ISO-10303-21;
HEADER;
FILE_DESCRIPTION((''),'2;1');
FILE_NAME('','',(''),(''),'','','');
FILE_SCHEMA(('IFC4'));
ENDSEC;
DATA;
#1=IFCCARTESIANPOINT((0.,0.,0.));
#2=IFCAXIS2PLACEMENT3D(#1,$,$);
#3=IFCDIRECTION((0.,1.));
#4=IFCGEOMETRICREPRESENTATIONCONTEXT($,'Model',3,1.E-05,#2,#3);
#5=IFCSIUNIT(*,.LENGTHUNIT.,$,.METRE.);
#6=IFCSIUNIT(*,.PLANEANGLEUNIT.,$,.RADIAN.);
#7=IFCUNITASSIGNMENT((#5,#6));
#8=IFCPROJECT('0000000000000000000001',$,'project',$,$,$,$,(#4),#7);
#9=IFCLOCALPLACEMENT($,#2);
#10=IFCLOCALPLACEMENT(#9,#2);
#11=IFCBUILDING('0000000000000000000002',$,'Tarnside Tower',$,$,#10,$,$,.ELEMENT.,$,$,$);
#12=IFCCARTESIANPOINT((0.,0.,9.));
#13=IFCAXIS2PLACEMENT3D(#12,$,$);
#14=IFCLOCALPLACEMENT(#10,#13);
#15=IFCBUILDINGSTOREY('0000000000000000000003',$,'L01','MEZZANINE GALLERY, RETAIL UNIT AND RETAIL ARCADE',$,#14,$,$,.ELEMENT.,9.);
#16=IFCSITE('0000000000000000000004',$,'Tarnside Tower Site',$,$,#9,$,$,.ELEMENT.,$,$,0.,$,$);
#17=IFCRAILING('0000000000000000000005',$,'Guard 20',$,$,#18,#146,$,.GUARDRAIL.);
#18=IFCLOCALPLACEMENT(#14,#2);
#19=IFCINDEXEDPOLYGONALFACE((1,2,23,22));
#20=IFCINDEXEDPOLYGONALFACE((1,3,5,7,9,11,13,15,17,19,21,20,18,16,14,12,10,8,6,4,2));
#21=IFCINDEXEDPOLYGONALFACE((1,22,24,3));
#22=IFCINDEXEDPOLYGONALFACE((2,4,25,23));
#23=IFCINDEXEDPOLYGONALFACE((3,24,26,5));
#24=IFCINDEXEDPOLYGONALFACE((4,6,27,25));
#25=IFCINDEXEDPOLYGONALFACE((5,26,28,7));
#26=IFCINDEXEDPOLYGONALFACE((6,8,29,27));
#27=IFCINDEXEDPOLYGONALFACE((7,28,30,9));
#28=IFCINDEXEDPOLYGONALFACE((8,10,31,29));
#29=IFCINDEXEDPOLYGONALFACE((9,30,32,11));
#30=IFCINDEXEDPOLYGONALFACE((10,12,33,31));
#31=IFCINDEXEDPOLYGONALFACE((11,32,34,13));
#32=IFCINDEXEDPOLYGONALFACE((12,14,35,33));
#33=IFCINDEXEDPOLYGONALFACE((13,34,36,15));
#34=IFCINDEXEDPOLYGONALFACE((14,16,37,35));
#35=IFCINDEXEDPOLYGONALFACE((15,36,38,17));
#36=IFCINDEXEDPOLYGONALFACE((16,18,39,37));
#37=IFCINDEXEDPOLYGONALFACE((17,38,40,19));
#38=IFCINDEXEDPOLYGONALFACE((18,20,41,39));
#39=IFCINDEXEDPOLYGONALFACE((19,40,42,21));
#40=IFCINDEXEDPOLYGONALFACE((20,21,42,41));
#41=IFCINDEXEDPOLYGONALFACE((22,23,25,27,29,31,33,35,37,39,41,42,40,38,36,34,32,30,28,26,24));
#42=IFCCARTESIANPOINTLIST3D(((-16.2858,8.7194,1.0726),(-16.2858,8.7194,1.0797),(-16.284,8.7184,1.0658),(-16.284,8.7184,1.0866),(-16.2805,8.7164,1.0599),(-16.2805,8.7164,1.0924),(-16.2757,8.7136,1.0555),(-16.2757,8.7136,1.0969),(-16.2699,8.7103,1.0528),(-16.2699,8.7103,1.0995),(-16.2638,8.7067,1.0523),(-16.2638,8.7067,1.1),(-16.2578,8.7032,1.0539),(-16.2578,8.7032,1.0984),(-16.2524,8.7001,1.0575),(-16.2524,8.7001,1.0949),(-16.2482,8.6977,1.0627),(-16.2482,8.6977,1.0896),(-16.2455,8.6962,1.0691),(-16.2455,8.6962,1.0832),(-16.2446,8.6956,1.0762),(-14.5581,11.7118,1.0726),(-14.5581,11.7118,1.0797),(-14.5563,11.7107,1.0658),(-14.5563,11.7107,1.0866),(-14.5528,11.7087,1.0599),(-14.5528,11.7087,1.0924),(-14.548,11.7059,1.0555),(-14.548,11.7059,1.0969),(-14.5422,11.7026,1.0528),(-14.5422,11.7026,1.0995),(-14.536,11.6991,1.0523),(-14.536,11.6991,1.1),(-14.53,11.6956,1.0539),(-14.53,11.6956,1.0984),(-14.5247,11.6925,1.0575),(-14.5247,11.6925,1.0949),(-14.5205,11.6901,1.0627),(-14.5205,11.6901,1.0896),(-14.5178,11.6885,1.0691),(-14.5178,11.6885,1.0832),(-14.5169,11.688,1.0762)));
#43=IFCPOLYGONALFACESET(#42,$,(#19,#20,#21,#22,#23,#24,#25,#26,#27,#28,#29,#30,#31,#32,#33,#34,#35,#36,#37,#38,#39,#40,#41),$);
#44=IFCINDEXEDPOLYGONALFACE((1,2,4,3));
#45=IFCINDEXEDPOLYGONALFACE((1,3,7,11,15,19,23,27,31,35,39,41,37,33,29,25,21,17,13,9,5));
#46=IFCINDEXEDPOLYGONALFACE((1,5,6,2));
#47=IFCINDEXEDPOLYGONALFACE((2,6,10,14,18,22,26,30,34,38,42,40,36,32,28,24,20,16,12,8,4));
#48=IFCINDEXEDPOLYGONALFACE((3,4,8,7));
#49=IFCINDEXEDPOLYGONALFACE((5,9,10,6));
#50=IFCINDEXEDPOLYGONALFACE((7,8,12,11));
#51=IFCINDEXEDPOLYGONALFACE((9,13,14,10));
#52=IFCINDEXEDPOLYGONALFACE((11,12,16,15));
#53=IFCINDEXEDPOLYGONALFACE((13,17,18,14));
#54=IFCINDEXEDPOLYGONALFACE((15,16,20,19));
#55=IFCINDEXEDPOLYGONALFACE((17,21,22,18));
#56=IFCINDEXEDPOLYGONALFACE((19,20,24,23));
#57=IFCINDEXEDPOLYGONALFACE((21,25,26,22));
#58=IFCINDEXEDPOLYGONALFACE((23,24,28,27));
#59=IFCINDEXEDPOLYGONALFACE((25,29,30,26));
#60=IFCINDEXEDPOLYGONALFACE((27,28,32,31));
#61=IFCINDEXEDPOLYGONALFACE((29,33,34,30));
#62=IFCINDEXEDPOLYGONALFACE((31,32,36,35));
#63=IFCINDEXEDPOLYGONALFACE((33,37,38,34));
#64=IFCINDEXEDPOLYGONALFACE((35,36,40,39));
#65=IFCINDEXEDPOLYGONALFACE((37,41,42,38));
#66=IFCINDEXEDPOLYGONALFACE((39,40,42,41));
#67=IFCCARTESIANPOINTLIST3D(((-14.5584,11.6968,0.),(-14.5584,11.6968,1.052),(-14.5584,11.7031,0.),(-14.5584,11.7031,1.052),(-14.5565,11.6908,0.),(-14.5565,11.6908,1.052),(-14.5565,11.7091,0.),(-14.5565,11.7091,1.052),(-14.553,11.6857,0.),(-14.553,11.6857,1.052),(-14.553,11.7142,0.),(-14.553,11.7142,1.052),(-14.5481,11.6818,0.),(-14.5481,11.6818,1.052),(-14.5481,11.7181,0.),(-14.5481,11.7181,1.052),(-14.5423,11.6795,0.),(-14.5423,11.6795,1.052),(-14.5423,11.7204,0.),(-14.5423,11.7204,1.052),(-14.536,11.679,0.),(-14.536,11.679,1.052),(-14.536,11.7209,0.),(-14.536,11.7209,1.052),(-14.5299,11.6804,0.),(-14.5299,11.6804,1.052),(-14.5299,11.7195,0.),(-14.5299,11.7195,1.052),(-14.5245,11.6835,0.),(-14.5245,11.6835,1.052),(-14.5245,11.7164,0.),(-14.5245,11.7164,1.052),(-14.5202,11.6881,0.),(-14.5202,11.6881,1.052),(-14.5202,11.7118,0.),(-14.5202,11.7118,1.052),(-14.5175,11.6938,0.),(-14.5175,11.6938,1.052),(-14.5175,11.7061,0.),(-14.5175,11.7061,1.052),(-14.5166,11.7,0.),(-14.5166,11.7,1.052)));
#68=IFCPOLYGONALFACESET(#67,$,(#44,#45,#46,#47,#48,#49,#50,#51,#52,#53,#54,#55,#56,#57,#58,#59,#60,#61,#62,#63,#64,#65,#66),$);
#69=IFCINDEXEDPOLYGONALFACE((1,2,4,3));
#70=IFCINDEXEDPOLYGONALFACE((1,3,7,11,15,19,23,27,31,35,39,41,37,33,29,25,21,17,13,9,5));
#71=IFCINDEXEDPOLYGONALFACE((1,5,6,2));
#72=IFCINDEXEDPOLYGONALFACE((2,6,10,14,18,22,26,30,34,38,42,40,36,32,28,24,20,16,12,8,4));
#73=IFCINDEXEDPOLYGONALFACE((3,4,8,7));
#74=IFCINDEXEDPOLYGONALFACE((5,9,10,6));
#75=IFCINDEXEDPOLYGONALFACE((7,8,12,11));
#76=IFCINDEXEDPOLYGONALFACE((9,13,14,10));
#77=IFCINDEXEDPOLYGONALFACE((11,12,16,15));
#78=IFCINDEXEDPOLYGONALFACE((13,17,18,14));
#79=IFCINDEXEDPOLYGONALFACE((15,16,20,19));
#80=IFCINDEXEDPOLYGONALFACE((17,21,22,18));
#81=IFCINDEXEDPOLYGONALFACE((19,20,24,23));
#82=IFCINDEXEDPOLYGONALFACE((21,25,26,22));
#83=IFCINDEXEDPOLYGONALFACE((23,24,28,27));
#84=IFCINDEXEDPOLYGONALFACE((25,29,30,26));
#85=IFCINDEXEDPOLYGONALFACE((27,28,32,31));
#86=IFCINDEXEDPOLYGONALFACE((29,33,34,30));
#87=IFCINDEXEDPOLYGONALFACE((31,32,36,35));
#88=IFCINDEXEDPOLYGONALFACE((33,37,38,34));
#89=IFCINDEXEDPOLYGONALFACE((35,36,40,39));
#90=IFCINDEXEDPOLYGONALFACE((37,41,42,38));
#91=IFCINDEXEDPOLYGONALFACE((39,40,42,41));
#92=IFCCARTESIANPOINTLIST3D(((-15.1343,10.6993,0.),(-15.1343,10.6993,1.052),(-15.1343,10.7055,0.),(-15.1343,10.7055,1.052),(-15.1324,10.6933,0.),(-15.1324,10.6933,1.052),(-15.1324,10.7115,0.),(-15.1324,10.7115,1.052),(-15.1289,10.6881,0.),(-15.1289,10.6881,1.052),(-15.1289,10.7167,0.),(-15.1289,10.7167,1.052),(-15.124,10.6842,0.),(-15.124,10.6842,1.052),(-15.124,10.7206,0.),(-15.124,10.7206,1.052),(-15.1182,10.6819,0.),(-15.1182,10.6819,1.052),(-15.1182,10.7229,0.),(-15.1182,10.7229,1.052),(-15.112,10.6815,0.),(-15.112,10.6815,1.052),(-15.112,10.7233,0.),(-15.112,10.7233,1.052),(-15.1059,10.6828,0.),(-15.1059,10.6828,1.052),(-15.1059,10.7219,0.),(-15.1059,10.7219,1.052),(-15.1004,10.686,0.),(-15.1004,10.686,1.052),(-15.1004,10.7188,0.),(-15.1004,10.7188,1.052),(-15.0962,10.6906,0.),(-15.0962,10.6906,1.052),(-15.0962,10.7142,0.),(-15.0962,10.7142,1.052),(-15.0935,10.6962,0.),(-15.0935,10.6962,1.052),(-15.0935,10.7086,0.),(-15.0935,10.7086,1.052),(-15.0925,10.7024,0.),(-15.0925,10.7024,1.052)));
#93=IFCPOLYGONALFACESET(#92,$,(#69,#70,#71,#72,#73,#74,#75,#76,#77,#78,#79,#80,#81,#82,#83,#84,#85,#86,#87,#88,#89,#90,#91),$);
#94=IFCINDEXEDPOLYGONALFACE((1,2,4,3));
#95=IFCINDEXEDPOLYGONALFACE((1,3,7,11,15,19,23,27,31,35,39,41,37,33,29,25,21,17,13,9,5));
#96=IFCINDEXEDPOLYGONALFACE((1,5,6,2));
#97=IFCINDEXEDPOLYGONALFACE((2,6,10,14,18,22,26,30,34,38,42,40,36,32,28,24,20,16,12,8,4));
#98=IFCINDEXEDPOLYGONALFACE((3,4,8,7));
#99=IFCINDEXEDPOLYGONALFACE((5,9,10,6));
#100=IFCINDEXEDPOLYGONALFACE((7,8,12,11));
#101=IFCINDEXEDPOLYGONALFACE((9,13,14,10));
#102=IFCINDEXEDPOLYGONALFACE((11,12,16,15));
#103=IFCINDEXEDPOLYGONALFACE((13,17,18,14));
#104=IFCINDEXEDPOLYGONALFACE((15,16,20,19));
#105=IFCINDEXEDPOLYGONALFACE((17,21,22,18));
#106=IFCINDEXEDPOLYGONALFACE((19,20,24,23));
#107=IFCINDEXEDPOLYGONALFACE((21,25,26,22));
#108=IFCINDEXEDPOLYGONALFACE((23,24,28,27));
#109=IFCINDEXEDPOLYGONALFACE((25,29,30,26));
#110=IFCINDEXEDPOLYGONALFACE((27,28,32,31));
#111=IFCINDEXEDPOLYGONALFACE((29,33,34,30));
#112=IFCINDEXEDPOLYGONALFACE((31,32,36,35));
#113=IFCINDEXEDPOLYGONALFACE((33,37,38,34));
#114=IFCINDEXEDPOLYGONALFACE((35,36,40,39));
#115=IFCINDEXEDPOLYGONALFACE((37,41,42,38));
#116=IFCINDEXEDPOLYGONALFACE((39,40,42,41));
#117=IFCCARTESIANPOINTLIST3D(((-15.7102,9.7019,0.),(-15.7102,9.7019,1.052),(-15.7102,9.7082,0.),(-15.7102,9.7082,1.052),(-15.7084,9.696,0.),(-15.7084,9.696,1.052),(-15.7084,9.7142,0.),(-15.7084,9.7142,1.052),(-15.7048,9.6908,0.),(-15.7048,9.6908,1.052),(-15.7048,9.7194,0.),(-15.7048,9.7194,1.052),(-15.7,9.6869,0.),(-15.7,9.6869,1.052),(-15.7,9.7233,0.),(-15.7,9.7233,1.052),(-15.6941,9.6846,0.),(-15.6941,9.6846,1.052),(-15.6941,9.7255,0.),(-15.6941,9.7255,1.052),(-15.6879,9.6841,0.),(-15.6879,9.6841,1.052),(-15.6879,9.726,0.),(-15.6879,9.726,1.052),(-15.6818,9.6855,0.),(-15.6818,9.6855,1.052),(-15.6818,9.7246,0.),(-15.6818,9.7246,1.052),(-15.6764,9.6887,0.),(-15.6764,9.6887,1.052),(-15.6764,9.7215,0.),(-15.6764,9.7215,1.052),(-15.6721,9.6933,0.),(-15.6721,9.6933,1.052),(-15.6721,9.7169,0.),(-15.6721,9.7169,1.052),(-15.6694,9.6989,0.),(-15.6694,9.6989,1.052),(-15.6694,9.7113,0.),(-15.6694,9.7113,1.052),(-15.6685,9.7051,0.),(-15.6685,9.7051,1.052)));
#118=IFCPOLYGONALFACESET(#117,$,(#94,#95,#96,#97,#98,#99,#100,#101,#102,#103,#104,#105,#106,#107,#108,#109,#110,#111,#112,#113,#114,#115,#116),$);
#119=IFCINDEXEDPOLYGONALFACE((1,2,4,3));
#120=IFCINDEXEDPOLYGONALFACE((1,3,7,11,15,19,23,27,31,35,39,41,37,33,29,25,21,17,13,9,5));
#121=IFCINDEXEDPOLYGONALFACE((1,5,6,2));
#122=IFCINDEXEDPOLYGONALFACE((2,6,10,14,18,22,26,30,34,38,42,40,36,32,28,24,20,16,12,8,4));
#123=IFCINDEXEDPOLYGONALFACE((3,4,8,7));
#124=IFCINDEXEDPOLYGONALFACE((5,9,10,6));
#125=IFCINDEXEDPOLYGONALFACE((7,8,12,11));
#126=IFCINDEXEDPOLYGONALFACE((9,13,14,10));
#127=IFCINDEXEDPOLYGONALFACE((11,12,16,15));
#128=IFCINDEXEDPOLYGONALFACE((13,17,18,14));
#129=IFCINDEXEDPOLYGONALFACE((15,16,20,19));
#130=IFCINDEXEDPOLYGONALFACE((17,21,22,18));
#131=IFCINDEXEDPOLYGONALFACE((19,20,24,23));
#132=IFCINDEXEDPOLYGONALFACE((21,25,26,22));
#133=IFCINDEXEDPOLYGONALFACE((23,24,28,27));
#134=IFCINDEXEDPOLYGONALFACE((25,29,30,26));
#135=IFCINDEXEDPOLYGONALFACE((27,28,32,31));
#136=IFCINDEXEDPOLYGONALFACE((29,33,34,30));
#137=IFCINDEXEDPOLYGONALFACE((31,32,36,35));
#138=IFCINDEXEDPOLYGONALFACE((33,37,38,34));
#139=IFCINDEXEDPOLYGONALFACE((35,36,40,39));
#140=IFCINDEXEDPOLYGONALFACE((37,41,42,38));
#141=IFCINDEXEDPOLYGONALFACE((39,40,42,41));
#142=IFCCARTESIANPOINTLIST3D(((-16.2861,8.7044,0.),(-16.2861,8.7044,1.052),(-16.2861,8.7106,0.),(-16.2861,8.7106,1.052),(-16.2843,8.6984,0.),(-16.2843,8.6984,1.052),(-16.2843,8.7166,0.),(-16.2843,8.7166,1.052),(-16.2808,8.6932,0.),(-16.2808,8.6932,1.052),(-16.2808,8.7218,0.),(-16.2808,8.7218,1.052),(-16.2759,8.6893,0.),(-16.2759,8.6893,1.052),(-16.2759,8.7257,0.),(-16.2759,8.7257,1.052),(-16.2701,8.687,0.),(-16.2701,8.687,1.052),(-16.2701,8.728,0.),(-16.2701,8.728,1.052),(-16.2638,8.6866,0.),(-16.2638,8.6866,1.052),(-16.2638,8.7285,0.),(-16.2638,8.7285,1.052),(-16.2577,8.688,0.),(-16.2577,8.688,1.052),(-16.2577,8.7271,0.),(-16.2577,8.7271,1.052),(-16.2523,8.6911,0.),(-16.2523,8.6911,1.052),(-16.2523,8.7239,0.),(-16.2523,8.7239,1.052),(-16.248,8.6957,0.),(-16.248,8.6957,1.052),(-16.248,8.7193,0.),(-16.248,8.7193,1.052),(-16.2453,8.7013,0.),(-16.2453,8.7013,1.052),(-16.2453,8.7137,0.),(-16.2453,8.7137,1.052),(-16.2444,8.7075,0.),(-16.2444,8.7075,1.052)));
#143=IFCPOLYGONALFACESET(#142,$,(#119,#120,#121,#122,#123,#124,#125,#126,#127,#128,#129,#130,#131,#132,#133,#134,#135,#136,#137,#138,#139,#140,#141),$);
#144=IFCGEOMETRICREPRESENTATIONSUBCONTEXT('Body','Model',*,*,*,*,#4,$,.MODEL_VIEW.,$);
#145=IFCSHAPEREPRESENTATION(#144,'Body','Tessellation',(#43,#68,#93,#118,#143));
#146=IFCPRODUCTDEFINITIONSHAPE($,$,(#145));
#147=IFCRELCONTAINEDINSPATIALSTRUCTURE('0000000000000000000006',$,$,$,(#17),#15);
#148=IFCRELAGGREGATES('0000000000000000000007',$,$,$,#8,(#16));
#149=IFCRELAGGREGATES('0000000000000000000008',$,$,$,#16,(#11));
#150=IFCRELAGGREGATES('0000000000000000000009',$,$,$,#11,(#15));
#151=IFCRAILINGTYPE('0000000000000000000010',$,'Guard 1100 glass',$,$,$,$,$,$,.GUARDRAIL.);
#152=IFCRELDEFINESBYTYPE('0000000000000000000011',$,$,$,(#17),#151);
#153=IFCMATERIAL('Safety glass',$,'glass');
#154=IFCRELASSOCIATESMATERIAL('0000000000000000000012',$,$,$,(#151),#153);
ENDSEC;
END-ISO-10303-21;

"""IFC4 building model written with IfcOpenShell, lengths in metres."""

from ifc_helpers import new_model, si_unit, direction, frame, origin, origin_2d, place, context, subcontext, project, spatial, circle, extrude, material, type_object, element, save


model = new_model("IFC4")

# Units and contexts
model_context = context("Model", 3, precision=1e-05, world=origin(), true_north=direction((0.0, 1.0)))
body_context = subcontext(model_context, "Body", "Model", "MODEL_VIEW")
ifc_project = project(units=[si_unit("LENGTHUNIT", "METRE"), si_unit("PLANEANGLEUNIT", "RADIAN")], contexts=[model_context])

# Site, building, storey
site_placement = place(None, origin())
site = spatial("IfcSite", under=ifc_project, at=site_placement, Name="Tarnside Tower Site", CompositionType="ELEMENT", RefElevation=0.0)
building_placement = place(site_placement, origin())
building = spatial("IfcBuilding", under=site, at=building_placement, Name="Tarnside Tower", CompositionType="ELEMENT")
storey_placement = place(building_placement, frame((0.0, 0.0, 9.0)))
storey = spatial("IfcBuildingStorey", under=building, at=storey_placement, Name="L01", Description="MEZZANINE GALLERY, RETAIL UNIT AND RETAIL ARCADE", CompositionType="ELEMENT", Elevation=9.0)

# Railing
ifc_material_1 = material(Name="Safety glass", Category="glass")
railing_type_1 = type_object("IfcRailingType", Name="Guard 1100 glass", PredefinedType="GUARDRAIL", material=ifc_material_1)
railing_1_placement = place(storey_placement, frame((-14.5376, 11.7, 0.0)))
element("IfcRailing", 1, at=railing_1_placement, inside=storey, type_object=railing_type_1, Name="Guard 20", PredefinedType="GUARDRAIL", context=body_context, shape_type="SweptSolid", body=[
    extrude(circle(Radius=0.0239, at=origin_2d()), frame((0.0, 0.0, 1.0762), z_axis=(-0.500022, -0.866013, 0.0), x_axis=(0.866013, -0.500022, 0.0)), (0.0, 0.0, 1.0), 3.4553),
    extrude(circle(Radius=0.021, at=origin_2d()), origin(), (0.0, 0.0, 1.0), 1.052),
    extrude(circle(Radius=0.021, at=origin_2d()), frame((-0.5759, -0.9976, 0.0)), (0.0, 0.0, 1.0), 1.052),
    extrude(circle(Radius=0.021, at=origin_2d()), frame((-1.1519, -1.9949, 0.0)), (0.0, 0.0, 1.0), 1.052),
    extrude(circle(Radius=0.021, at=origin_2d()), frame((-1.7278, -2.9924, 0.0)), (0.0, 0.0, 1.0), 1.052),
])

save(model, "model.ifc")
